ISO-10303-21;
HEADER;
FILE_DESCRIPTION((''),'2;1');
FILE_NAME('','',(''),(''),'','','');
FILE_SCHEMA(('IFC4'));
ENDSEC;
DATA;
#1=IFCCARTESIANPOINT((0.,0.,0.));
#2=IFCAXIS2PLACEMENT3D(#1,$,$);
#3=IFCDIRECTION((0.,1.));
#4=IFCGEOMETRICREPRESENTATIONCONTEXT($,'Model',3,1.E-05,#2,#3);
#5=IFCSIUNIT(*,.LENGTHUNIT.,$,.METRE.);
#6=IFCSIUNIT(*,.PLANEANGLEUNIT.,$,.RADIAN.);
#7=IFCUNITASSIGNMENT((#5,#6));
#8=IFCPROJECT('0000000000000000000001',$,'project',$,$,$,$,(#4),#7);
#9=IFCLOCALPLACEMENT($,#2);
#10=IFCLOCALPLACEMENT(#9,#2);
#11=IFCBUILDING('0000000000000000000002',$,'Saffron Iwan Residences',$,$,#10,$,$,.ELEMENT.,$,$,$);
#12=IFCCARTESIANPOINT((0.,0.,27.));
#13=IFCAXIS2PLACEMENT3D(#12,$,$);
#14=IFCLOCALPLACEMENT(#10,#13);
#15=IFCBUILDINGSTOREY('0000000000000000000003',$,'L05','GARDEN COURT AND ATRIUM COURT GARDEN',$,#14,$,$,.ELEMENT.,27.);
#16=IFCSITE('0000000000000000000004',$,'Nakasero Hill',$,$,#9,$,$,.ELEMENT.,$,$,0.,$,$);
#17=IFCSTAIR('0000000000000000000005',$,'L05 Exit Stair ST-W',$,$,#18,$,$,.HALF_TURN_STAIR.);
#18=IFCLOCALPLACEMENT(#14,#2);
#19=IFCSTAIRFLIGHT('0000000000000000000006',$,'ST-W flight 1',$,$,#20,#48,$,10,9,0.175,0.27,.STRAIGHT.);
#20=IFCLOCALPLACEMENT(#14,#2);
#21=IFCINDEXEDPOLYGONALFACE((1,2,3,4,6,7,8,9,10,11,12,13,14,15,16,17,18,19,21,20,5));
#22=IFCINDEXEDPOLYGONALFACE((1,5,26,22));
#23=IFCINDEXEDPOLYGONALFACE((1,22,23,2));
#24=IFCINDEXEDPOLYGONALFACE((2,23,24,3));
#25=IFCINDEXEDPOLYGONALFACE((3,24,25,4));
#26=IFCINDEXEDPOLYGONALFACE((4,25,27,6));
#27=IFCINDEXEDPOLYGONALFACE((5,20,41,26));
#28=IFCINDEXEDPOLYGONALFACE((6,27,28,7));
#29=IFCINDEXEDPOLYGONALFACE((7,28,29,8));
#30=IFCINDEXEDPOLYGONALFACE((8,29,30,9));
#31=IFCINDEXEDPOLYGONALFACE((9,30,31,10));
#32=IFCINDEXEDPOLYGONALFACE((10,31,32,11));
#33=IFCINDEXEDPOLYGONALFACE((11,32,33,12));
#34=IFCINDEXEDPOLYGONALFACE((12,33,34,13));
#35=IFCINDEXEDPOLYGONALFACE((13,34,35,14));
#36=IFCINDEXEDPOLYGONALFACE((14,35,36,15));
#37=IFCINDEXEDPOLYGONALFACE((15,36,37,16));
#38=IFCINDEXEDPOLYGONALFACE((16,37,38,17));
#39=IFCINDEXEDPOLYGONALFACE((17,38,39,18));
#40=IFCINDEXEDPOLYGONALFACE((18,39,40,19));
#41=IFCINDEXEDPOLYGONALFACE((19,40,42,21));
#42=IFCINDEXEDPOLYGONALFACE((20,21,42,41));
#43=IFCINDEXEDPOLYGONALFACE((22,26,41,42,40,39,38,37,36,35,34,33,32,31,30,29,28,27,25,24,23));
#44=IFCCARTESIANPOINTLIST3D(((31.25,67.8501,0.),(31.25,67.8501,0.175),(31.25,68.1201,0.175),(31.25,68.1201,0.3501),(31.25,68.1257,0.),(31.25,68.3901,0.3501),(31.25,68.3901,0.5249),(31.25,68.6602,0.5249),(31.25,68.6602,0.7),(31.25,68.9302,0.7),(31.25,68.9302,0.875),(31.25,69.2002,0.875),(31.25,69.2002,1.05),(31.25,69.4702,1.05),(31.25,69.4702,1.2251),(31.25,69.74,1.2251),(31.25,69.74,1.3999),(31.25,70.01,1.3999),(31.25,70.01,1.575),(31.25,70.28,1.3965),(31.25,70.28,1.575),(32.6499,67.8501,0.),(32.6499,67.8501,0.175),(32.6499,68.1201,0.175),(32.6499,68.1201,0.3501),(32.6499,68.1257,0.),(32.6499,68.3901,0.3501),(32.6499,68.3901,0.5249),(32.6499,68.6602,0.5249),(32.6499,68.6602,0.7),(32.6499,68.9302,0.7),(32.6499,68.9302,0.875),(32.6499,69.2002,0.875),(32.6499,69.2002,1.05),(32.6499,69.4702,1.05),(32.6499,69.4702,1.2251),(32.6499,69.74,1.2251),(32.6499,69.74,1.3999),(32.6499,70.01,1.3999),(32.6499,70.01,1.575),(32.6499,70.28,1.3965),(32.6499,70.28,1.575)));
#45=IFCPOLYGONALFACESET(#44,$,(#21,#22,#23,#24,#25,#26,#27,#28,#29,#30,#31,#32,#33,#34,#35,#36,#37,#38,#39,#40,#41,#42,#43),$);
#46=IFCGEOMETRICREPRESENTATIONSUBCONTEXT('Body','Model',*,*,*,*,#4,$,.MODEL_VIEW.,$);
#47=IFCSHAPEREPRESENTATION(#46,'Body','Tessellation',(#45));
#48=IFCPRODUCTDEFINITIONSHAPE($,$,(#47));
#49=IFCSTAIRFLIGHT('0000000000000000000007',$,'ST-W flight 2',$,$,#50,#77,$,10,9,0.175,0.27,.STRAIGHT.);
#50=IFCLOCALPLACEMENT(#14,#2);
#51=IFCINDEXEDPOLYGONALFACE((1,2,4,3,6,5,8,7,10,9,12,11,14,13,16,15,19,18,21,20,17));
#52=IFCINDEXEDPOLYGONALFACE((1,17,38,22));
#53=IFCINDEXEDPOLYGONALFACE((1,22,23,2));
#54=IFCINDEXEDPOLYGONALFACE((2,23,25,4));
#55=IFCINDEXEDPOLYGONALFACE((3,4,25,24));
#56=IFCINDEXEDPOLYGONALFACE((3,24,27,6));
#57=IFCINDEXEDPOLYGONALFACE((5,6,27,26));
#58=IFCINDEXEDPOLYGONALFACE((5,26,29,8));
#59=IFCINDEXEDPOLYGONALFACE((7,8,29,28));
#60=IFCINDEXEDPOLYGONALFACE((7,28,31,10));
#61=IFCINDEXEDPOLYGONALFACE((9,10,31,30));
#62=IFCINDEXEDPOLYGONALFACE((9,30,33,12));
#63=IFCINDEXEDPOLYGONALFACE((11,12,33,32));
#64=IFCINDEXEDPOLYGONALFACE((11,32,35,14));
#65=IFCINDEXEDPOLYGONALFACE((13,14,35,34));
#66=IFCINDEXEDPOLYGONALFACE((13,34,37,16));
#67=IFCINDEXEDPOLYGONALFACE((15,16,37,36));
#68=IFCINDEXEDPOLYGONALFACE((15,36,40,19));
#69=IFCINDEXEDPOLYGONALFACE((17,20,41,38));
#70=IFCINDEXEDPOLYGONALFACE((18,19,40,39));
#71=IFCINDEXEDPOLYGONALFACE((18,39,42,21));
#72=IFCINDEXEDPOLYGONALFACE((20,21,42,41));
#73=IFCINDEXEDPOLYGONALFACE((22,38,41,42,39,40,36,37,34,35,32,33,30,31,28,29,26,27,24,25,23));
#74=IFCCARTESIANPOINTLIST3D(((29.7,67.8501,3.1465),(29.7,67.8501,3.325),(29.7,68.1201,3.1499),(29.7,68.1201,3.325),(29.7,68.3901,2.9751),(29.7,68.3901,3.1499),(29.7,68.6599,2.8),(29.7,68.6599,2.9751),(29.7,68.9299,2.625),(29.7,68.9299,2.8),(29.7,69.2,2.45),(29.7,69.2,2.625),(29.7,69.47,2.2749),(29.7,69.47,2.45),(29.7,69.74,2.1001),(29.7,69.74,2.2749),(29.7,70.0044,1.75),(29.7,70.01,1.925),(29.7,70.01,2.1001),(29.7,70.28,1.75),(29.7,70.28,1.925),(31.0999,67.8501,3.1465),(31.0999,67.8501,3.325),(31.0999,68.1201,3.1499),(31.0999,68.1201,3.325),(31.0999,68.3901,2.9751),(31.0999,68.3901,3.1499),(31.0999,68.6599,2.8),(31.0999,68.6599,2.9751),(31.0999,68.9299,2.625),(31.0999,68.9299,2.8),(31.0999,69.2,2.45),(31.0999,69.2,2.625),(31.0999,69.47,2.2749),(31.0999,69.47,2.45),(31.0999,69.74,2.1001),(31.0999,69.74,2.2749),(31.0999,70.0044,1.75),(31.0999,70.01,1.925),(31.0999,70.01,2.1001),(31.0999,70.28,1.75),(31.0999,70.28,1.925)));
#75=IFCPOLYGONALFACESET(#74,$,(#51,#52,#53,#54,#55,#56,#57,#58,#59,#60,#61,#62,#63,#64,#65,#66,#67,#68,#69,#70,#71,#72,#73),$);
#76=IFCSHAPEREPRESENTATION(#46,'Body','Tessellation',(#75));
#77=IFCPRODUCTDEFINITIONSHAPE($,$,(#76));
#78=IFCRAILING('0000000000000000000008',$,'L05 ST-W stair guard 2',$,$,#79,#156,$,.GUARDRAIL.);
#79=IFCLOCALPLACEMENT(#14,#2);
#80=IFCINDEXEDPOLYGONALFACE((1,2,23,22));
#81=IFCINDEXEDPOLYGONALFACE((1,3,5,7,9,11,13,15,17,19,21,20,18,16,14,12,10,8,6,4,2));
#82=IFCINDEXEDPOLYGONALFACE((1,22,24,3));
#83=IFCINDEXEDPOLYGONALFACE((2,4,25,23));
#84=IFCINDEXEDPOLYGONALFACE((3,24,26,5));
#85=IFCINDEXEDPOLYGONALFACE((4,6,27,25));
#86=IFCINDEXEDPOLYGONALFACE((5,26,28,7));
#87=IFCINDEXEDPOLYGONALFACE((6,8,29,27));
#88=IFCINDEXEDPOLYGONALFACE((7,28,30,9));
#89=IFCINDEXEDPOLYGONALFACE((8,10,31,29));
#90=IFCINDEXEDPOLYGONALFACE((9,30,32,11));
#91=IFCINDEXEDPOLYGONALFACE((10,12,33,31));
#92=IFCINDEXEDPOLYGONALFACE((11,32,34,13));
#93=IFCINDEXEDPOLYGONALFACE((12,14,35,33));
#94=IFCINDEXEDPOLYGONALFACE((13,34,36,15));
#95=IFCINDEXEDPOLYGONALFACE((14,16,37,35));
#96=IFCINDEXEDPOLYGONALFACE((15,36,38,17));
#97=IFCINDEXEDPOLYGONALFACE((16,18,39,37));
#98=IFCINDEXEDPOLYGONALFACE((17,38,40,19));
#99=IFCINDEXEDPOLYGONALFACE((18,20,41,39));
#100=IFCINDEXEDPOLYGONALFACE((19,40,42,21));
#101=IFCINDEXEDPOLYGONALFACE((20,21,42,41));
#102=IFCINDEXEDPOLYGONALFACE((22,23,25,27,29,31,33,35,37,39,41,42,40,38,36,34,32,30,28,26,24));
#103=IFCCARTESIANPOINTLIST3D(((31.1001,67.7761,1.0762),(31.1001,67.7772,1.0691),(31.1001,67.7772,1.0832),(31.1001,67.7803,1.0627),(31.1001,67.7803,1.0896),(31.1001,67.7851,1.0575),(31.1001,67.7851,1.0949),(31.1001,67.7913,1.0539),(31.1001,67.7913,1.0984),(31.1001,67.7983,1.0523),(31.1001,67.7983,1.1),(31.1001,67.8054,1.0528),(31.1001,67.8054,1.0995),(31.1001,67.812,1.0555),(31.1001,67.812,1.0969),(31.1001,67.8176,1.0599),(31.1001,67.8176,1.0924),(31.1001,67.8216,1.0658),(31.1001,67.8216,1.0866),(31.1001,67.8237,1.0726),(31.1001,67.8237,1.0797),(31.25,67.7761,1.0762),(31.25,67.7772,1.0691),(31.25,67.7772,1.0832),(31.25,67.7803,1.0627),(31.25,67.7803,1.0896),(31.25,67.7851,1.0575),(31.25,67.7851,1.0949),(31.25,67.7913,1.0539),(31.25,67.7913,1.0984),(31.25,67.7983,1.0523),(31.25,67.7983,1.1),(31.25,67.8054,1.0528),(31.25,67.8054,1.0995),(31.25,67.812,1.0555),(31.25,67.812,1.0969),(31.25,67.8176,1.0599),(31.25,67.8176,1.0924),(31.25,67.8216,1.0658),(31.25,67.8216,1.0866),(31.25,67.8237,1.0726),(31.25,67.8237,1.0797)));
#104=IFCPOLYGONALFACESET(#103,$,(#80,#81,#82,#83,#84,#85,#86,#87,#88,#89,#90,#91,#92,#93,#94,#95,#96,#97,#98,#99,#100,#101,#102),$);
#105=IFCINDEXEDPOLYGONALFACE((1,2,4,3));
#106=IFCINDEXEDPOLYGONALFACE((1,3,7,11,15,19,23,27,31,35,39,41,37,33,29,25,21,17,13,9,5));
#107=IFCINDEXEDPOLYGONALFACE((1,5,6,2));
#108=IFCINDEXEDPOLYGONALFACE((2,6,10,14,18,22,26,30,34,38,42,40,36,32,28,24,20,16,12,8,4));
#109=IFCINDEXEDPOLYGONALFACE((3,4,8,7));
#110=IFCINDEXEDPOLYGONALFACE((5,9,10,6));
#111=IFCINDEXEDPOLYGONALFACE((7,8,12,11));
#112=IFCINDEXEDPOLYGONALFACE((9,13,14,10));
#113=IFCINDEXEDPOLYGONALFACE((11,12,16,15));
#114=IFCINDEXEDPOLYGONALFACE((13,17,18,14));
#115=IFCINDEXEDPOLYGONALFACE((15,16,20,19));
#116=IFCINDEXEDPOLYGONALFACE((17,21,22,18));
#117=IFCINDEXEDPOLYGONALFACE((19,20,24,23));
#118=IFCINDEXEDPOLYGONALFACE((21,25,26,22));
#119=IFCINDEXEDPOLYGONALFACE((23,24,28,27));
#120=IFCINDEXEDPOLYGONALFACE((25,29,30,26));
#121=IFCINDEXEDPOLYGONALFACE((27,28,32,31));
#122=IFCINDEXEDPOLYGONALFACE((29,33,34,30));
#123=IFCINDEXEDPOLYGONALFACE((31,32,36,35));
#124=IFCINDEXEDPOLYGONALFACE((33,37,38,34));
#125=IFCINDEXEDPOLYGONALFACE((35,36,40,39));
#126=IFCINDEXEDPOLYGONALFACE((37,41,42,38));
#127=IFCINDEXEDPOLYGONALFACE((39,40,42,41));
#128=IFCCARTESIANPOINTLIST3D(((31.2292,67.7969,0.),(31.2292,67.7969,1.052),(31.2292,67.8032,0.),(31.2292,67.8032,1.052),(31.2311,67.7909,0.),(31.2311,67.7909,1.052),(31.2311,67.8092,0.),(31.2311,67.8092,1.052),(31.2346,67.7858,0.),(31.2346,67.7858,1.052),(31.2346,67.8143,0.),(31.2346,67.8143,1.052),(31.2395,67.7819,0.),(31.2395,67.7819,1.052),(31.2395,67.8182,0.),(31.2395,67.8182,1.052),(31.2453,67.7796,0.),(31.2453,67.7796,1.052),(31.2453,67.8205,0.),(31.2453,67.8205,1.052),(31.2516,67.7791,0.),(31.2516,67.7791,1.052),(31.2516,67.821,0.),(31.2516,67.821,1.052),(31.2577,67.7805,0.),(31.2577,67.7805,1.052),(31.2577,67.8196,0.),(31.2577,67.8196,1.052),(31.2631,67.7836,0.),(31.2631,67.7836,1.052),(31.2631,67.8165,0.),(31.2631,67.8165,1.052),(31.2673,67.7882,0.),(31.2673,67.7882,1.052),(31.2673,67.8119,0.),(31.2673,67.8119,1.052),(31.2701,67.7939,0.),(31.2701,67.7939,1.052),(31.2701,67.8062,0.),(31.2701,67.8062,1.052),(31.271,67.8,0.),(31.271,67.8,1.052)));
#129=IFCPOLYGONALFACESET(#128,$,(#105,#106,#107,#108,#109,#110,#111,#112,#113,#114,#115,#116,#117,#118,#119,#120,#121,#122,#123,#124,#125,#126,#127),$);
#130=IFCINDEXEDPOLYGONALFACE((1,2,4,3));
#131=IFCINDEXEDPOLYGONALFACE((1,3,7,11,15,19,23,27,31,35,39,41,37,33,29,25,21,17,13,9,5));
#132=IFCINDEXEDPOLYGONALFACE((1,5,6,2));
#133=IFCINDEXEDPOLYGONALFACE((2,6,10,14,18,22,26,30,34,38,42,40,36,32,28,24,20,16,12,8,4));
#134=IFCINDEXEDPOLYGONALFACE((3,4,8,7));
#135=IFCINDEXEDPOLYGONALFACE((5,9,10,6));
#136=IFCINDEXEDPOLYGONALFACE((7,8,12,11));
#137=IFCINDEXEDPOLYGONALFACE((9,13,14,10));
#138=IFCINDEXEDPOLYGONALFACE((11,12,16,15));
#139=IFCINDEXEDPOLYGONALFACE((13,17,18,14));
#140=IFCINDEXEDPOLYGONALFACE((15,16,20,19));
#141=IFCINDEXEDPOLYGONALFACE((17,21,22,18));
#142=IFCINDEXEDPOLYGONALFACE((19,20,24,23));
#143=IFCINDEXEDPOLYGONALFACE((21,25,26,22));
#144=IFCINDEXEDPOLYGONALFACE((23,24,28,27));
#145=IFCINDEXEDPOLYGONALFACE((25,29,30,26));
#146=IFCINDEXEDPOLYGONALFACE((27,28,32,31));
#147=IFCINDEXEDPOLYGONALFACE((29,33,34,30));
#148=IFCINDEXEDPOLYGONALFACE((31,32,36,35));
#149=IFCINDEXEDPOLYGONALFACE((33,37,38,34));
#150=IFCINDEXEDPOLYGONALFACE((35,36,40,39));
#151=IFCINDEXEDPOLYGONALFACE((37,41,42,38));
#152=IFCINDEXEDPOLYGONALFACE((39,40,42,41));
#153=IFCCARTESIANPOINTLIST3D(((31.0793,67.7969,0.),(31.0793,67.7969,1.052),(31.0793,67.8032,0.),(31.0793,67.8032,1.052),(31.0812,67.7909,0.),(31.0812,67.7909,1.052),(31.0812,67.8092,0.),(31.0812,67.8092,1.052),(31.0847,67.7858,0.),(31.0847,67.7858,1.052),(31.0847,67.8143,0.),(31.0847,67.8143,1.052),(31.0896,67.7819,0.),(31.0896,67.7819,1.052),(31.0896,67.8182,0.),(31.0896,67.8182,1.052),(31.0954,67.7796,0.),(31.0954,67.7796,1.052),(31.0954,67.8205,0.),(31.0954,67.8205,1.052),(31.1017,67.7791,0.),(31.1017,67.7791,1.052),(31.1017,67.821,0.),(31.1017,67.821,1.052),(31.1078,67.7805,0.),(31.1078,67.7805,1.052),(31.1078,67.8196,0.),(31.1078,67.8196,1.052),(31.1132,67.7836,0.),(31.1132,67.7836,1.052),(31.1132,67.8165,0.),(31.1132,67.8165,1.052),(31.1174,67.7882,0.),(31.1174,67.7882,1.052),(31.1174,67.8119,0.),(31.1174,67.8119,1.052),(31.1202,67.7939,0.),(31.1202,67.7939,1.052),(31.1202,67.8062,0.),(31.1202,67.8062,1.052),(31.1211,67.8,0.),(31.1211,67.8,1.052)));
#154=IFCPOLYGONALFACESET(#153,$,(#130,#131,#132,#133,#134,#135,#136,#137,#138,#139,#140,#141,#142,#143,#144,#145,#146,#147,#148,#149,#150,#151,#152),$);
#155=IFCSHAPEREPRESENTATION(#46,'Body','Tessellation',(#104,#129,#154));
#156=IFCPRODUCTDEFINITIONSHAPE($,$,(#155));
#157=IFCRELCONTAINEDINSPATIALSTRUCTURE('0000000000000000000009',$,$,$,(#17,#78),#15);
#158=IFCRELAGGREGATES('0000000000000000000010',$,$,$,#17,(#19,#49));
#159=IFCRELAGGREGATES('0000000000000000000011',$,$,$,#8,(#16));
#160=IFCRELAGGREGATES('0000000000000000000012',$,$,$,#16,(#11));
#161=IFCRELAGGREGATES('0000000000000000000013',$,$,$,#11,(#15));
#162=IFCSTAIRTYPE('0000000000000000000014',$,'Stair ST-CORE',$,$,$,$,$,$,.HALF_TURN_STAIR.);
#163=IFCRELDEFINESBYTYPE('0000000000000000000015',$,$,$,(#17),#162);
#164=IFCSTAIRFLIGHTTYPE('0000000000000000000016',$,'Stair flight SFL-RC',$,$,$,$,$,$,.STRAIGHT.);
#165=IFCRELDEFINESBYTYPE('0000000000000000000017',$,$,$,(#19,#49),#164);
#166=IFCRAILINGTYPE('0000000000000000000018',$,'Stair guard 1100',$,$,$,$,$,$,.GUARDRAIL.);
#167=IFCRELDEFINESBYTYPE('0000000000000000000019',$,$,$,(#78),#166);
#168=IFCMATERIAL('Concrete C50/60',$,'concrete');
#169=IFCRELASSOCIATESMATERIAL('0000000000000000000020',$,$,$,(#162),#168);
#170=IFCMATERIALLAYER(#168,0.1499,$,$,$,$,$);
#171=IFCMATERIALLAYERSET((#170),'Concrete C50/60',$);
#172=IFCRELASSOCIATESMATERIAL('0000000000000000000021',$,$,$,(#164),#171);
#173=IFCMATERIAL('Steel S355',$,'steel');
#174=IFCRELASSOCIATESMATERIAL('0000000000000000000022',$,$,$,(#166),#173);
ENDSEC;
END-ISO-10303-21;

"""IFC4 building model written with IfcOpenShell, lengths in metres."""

from ifc_helpers import new_model, si_unit, direction, frame, origin, origin_2d, place, context, subcontext, project, spatial, polyline, circle, outline, extrude, material, layer, layer_set, type_object, element, aggregate, save


model = new_model("IFC4")

# Units and contexts
model_context = context("Model", 3, precision=1e-05, world=origin(), true_north=direction((0.0, 1.0)))
body_context = subcontext(model_context, "Body", "Model", "MODEL_VIEW")
ifc_project = project(units=[si_unit("LENGTHUNIT", "METRE"), si_unit("PLANEANGLEUNIT", "RADIAN")], contexts=[model_context])

# Site, building, storey
site_placement = place(None, origin())
site = spatial("IfcSite", under=ifc_project, at=site_placement, Name="Nakasero Hill", CompositionType="ELEMENT", RefElevation=0.0)
building_placement = place(site_placement, origin())
building = spatial("IfcBuilding", under=site, at=building_placement, Name="Saffron Iwan Residences", CompositionType="ELEMENT")
storey_placement = place(building_placement, frame((0.0, 0.0, 27.0)))
storey = spatial("IfcBuildingStorey", under=building, at=storey_placement, Name="L05", Description="GARDEN COURT AND ATRIUM COURT GARDEN", CompositionType="ELEMENT", Elevation=27.0)

# Stair, stair flights
ifc_material_1 = material(Name="Concrete C50/60", Category="concrete")
stair_type = type_object("IfcStairType", Name="Stair ST-CORE", PredefinedType="HALF_TURN_STAIR", material=ifc_material_1)
stair_placement = place(storey_placement, origin())
stair = element("IfcStair", 1, at=stair_placement, inside=storey, type_object=stair_type, Name="L05 Exit Stair ST-W", PredefinedType="HALF_TURN_STAIR")
ifc_layer_1 = layer(ifc_material_1, 0.1499)
ifc_layer_set_1 = layer_set([ifc_layer_1], Name="Concrete C50/60")
stair_flight_type = type_object("IfcStairFlightType", Name="Stair flight SFL-RC", PredefinedType="STRAIGHT", material=ifc_layer_set_1)
stair_flight_1_placement = place(storey_placement, frame((31.95, 67.8501, 0.0), z_axis=(0.0, 0.0, 1.0), x_axis=(0.0, 1.0, 0.0)))
stair_flight_1 = element("IfcStairFlight", 2, at=stair_flight_1_placement, type_object=stair_flight_type, Name="ST-W flight 1", NumberOfRisers=10, NumberOfTreads=9, PredefinedType="STRAIGHT", RiserHeight=0.175, TreadLength=0.27, context=body_context, shape_type="SweptSolid", body=[
    extrude(outline(polyline([(0.0, 0.0), (0.0, 0.175), (0.27, 0.175), (0.27, 0.3501), (0.54, 0.3501), (0.54, 0.5249), (0.8101, 0.5249), (0.8101, 0.7), (1.0801, 0.7), (1.0801, 0.875), (1.3501, 0.875), (1.3501, 1.05), (1.6201, 1.05), (1.6201, 1.2251), (1.8899, 1.2251), (1.8899, 1.3999), (2.1599, 1.3999), (2.1599, 1.575), (2.4299, 1.575), (2.4299, 1.75), (2.4299, 1.3965), (0.2756, 0.0), (0.0, 0.0)])), frame((0.0, 0.7, 0.0), z_axis=(0.0, -1.0, 0.0), x_axis=(1.0, 0.0, 0.0)), (0.0, 0.0, 1.0), 1.3999),
])
stair_flight_2_placement = place(storey_placement, frame((30.3999, 70.28, 1.75), z_axis=(0.0, 0.0, 1.0), x_axis=(0.0, -1.0, 0.0)))
stair_flight_2 = element("IfcStairFlight", 3, at=stair_flight_2_placement, type_object=stair_flight_type, Name="ST-W flight 2", NumberOfRisers=10, NumberOfTreads=9, PredefinedType="STRAIGHT", RiserHeight=0.175, TreadLength=0.27, context=body_context, shape_type="SweptSolid", body=[
    extrude(outline(polyline([(0.0, 0.0), (0.0, 0.175), (0.27, 0.175), (0.27, 0.3501), (0.54, 0.3501), (0.54, 0.5249), (0.8101, 0.5249), (0.8101, 0.7), (1.0801, 0.7), (1.0801, 0.875), (1.3501, 0.875), (1.3501, 1.05), (1.6201, 1.05), (1.6201, 1.2251), (1.8899, 1.2251), (1.8899, 1.3999), (2.1599, 1.3999), (2.1599, 1.575), (2.4299, 1.575), (2.4299, 1.75), (2.4299, 1.3965), (0.2756, 0.0), (0.0, 0.0)])), frame((0.0, 0.7, 0.0), z_axis=(0.0, -1.0, 0.0), x_axis=(1.0, 0.0, 0.0)), (0.0, 0.0, 1.0), 1.3999),
])
aggregate(stair, [stair_flight_1, stair_flight_2])

# Railing
ifc_material_2 = material(Name="Steel S355", Category="steel")
railing_type_1 = type_object("IfcRailingType", Name="Stair guard 1100", PredefinedType="GUARDRAIL", material=ifc_material_2)
railing_1_placement = place(storey_placement, frame((31.25, 67.8, 0.0)))
element("IfcRailing", 4, at=railing_1_placement, inside=storey, type_object=railing_type_1, Name="L05 ST-W stair guard 2", PredefinedType="GUARDRAIL", context=body_context, shape_type="SweptSolid", body=[
    extrude(circle(Radius=0.0239, at=origin_2d()), frame((0.0, 0.0, 1.0762), z_axis=(-1.0, 0.0, 0.0), x_axis=(0.0, -1.0, 0.0)), (0.0, 0.0, 1.0), 0.1499),
    extrude(circle(Radius=0.021, at=origin_2d()), origin(), (0.0, 0.0, 1.0), 1.052),
    extrude(circle(Radius=0.021, at=origin_2d()), frame((-0.1499, 0.0, 0.0)), (0.0, 0.0, 1.0), 1.052),
])

save(model, "model.ifc")
